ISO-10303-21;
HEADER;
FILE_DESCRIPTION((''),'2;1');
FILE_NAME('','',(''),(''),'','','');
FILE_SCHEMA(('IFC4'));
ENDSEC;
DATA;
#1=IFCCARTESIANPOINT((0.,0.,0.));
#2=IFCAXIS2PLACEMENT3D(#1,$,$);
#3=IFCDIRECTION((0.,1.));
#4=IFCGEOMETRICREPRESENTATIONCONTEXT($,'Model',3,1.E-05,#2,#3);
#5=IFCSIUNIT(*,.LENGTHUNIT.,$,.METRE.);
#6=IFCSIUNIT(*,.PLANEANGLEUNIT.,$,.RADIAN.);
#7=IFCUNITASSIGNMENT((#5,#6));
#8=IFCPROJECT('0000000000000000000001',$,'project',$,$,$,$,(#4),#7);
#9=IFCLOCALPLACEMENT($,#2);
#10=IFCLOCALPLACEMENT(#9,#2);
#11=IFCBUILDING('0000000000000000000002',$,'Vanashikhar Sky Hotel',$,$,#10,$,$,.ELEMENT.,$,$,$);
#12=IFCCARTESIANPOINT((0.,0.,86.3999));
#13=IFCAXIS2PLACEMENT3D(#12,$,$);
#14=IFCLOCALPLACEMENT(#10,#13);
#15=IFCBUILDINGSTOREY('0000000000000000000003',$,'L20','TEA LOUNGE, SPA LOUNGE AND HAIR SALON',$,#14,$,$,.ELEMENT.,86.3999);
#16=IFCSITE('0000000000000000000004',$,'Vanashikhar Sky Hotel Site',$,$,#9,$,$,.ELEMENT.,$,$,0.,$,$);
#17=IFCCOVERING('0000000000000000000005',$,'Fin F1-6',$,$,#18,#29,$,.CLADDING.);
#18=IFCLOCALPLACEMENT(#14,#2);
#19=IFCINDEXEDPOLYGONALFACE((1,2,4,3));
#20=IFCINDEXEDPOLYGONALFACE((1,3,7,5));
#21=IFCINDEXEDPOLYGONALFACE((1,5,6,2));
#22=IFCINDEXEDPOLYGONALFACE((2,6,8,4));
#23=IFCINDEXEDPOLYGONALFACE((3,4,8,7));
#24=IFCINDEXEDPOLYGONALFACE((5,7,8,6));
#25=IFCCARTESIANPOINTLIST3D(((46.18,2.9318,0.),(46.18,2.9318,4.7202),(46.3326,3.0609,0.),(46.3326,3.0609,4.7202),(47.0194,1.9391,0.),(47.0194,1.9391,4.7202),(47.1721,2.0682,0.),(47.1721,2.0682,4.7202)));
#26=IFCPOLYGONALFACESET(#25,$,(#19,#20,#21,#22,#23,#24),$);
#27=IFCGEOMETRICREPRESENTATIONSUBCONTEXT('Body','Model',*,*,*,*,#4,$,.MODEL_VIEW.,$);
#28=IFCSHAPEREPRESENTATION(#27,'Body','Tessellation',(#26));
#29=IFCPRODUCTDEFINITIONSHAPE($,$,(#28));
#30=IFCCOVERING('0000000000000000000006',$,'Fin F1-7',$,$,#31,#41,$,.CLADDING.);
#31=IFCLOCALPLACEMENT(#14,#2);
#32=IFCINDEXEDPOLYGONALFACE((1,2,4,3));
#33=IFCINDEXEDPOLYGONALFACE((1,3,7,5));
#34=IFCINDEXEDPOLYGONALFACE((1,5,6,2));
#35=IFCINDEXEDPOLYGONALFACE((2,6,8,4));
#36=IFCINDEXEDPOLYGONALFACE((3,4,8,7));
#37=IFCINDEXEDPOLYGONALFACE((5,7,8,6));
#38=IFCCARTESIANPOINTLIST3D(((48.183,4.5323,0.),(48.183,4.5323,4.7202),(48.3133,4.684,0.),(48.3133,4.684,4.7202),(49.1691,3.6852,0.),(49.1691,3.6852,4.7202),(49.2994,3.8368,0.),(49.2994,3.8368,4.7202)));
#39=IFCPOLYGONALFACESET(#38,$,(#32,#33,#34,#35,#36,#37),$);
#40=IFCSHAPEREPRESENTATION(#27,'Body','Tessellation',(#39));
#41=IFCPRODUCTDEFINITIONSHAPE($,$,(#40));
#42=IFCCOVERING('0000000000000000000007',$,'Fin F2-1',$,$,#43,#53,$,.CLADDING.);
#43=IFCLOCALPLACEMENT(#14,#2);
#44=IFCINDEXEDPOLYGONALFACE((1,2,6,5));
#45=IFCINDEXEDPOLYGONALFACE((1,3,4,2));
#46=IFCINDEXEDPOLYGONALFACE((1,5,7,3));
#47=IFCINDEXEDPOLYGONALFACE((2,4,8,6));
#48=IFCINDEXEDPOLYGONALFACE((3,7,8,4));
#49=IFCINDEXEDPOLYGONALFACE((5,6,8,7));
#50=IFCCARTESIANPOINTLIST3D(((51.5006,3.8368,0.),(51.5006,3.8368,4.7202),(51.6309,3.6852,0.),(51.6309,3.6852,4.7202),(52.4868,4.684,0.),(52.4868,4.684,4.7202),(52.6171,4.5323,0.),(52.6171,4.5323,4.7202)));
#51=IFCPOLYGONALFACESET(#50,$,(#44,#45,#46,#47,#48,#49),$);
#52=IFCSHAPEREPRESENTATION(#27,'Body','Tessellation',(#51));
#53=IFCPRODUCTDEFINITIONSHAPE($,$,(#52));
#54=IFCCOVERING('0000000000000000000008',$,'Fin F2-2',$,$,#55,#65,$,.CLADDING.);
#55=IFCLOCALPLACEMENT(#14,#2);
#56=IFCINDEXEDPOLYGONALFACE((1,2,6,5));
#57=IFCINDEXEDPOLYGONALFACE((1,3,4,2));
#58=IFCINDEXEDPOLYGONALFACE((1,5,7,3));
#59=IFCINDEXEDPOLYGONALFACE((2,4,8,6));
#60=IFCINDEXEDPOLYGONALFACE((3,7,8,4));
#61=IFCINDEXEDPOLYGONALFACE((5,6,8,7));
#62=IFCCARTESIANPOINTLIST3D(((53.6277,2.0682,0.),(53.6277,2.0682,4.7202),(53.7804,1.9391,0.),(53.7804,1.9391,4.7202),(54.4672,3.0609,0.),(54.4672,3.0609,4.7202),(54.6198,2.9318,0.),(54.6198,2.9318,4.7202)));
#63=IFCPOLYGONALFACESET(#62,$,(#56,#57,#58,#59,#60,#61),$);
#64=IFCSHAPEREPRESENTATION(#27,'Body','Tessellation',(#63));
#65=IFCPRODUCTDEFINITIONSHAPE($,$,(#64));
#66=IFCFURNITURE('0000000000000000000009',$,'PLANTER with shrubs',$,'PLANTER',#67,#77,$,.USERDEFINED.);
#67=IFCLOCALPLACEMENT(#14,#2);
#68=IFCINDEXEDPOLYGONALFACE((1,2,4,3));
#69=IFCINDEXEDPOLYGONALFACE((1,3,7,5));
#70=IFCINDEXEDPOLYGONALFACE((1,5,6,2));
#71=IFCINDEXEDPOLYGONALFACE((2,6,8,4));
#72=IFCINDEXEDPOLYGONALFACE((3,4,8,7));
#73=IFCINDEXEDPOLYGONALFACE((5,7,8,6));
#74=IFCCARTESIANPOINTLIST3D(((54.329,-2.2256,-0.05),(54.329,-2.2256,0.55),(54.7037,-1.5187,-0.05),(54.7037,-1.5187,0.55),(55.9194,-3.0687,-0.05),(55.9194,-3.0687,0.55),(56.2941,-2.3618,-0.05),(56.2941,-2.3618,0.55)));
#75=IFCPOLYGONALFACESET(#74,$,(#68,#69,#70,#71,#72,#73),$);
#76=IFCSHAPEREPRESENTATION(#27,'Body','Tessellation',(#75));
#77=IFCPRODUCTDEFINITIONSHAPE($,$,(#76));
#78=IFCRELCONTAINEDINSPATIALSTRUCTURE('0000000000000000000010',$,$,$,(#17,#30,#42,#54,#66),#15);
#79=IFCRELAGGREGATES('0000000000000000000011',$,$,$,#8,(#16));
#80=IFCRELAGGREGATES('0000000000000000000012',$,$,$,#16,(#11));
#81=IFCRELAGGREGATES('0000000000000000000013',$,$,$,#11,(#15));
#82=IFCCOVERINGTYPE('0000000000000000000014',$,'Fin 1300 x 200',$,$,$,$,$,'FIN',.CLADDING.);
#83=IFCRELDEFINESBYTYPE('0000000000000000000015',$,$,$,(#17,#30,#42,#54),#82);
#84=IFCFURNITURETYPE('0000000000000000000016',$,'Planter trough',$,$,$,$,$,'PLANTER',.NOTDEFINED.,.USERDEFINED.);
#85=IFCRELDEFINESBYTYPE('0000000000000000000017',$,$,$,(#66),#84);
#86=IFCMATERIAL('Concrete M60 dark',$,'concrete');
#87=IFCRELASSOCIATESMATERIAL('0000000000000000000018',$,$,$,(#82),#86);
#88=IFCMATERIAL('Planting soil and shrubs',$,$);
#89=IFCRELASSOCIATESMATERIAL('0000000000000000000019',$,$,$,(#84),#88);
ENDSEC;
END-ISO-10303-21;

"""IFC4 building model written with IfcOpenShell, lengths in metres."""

from ifc_helpers import new_model, si_unit, direction, frame, origin, origin_2d, place, context, subcontext, project, spatial, rectangle, extrude, source, transform, mapped, material, material_profile, profile_set, type_object, element, save


model = new_model("IFC4")

# Units and contexts
model_context = context("Model", 3, precision=1e-05, world=origin(), true_north=direction((0.0, 1.0)))
body_context = subcontext(model_context, "Body", "Model", "MODEL_VIEW")
ifc_project = project(units=[si_unit("LENGTHUNIT", "METRE"), si_unit("PLANEANGLEUNIT", "RADIAN")], contexts=[model_context])

# Site, building, storey
site_placement = place(None, origin())
site = spatial("IfcSite", under=ifc_project, at=site_placement, Name="Vanashikhar Sky Hotel Site", CompositionType="ELEMENT", RefElevation=0.0)
building_placement = place(site_placement, origin())
building = spatial("IfcBuilding", under=site, at=building_placement, Name="Vanashikhar Sky Hotel", CompositionType="ELEMENT")
storey_placement = place(building_placement, frame((0.0, 0.0, 86.3999)))
storey = spatial("IfcBuildingStorey", under=building, at=storey_placement, Name="L20", Description="TEA LOUNGE, SPA LOUNGE AND HAIR SALON", CompositionType="ELEMENT", Elevation=86.3999)

# Coverings
ifc_material_1 = material(Name="Concrete M60 dark", Category="concrete")
ifc_material_profile_1 = material_profile(ifc_material_1, rectangle(XDim=1.3, YDim=0.2, at=origin_2d()))
ifc_profile_set_1 = profile_set([ifc_material_profile_1], Name="Fin 1300 x 200")
covering_type = type_object("IfcCoveringType", Name="Fin 1300 x 200", ElementType="FIN", PredefinedType="CLADDING", material=ifc_profile_set_1)
shared_shape_1 = source(origin(), body_context, "Body", "SweptSolid", [
    extrude(rectangle(XDim=1.3, YDim=0.2, at=origin_2d()), origin(), (0.0, 0.0, 1.0), 4.7202),
])
for number, where, z_axis, x_axis, name in (
    (1, (46.676, 2.5, 0.0), (0.0, 0.0, 1.0), (0.645698, -0.763593, 0.0), "Fin F1-6"),
    (2, (48.7412, 4.1846, 0.0), (0.0, 0.0, 1.0), (0.758544, -0.651622, 0.0), "Fin F1-7"),
    (3, (52.0588, 4.1846, 0.0), (0.0, 0.0, 1.0), (-0.758544, -0.651622, 0.0), "Fin F2-1"),
    (4, (54.1238, 2.5, 0.0), (0.0, 0.0, 1.0), (-0.645698, -0.763593, 0.0), "Fin F2-2"),
):
    element("IfcCovering", number, at=place(storey_placement, frame(where, z_axis=z_axis, x_axis=x_axis)), inside=storey, type_object=covering_type, Name=name, PredefinedType="CLADDING", context=body_context, shape_type="MappedRepresentation", body=[
        mapped(shared_shape_1, transform((0.0, 0.0, 0.0), scale=1.0)),
    ])

# Furniture
ifc_material_2 = material(Name="Planting soil and shrubs")
furniture_type = type_object("IfcFurnitureType", Name="Planter trough", ElementType="PLANTER", AssemblyPlace="NOTDEFINED", PredefinedType="USERDEFINED", material=ifc_material_2)
shared_shape_2 = source(origin(), body_context, "Body", "SweptSolid", [
    extrude(rectangle(XDim=1.8, YDim=0.8, at=origin_2d()), origin(), (0.0, 0.0, 1.0), 0.6001),
])
furniture_placement = place(storey_placement, frame((55.3115, -2.2937, -0.05), z_axis=(0.0, 0.0, 1.0), x_axis=(-0.883545, 0.468346, 0.0)))
element("IfcFurniture", 5, at=furniture_placement, inside=storey, type_object=furniture_type, Name="PLANTER with shrubs", ObjectType="PLANTER", PredefinedType="USERDEFINED", context=body_context, shape_type="MappedRepresentation", body=[
    mapped(shared_shape_2, transform((0.0, 0.0, 0.0), scale=1.0)),
])

save(model, "model.ifc")
